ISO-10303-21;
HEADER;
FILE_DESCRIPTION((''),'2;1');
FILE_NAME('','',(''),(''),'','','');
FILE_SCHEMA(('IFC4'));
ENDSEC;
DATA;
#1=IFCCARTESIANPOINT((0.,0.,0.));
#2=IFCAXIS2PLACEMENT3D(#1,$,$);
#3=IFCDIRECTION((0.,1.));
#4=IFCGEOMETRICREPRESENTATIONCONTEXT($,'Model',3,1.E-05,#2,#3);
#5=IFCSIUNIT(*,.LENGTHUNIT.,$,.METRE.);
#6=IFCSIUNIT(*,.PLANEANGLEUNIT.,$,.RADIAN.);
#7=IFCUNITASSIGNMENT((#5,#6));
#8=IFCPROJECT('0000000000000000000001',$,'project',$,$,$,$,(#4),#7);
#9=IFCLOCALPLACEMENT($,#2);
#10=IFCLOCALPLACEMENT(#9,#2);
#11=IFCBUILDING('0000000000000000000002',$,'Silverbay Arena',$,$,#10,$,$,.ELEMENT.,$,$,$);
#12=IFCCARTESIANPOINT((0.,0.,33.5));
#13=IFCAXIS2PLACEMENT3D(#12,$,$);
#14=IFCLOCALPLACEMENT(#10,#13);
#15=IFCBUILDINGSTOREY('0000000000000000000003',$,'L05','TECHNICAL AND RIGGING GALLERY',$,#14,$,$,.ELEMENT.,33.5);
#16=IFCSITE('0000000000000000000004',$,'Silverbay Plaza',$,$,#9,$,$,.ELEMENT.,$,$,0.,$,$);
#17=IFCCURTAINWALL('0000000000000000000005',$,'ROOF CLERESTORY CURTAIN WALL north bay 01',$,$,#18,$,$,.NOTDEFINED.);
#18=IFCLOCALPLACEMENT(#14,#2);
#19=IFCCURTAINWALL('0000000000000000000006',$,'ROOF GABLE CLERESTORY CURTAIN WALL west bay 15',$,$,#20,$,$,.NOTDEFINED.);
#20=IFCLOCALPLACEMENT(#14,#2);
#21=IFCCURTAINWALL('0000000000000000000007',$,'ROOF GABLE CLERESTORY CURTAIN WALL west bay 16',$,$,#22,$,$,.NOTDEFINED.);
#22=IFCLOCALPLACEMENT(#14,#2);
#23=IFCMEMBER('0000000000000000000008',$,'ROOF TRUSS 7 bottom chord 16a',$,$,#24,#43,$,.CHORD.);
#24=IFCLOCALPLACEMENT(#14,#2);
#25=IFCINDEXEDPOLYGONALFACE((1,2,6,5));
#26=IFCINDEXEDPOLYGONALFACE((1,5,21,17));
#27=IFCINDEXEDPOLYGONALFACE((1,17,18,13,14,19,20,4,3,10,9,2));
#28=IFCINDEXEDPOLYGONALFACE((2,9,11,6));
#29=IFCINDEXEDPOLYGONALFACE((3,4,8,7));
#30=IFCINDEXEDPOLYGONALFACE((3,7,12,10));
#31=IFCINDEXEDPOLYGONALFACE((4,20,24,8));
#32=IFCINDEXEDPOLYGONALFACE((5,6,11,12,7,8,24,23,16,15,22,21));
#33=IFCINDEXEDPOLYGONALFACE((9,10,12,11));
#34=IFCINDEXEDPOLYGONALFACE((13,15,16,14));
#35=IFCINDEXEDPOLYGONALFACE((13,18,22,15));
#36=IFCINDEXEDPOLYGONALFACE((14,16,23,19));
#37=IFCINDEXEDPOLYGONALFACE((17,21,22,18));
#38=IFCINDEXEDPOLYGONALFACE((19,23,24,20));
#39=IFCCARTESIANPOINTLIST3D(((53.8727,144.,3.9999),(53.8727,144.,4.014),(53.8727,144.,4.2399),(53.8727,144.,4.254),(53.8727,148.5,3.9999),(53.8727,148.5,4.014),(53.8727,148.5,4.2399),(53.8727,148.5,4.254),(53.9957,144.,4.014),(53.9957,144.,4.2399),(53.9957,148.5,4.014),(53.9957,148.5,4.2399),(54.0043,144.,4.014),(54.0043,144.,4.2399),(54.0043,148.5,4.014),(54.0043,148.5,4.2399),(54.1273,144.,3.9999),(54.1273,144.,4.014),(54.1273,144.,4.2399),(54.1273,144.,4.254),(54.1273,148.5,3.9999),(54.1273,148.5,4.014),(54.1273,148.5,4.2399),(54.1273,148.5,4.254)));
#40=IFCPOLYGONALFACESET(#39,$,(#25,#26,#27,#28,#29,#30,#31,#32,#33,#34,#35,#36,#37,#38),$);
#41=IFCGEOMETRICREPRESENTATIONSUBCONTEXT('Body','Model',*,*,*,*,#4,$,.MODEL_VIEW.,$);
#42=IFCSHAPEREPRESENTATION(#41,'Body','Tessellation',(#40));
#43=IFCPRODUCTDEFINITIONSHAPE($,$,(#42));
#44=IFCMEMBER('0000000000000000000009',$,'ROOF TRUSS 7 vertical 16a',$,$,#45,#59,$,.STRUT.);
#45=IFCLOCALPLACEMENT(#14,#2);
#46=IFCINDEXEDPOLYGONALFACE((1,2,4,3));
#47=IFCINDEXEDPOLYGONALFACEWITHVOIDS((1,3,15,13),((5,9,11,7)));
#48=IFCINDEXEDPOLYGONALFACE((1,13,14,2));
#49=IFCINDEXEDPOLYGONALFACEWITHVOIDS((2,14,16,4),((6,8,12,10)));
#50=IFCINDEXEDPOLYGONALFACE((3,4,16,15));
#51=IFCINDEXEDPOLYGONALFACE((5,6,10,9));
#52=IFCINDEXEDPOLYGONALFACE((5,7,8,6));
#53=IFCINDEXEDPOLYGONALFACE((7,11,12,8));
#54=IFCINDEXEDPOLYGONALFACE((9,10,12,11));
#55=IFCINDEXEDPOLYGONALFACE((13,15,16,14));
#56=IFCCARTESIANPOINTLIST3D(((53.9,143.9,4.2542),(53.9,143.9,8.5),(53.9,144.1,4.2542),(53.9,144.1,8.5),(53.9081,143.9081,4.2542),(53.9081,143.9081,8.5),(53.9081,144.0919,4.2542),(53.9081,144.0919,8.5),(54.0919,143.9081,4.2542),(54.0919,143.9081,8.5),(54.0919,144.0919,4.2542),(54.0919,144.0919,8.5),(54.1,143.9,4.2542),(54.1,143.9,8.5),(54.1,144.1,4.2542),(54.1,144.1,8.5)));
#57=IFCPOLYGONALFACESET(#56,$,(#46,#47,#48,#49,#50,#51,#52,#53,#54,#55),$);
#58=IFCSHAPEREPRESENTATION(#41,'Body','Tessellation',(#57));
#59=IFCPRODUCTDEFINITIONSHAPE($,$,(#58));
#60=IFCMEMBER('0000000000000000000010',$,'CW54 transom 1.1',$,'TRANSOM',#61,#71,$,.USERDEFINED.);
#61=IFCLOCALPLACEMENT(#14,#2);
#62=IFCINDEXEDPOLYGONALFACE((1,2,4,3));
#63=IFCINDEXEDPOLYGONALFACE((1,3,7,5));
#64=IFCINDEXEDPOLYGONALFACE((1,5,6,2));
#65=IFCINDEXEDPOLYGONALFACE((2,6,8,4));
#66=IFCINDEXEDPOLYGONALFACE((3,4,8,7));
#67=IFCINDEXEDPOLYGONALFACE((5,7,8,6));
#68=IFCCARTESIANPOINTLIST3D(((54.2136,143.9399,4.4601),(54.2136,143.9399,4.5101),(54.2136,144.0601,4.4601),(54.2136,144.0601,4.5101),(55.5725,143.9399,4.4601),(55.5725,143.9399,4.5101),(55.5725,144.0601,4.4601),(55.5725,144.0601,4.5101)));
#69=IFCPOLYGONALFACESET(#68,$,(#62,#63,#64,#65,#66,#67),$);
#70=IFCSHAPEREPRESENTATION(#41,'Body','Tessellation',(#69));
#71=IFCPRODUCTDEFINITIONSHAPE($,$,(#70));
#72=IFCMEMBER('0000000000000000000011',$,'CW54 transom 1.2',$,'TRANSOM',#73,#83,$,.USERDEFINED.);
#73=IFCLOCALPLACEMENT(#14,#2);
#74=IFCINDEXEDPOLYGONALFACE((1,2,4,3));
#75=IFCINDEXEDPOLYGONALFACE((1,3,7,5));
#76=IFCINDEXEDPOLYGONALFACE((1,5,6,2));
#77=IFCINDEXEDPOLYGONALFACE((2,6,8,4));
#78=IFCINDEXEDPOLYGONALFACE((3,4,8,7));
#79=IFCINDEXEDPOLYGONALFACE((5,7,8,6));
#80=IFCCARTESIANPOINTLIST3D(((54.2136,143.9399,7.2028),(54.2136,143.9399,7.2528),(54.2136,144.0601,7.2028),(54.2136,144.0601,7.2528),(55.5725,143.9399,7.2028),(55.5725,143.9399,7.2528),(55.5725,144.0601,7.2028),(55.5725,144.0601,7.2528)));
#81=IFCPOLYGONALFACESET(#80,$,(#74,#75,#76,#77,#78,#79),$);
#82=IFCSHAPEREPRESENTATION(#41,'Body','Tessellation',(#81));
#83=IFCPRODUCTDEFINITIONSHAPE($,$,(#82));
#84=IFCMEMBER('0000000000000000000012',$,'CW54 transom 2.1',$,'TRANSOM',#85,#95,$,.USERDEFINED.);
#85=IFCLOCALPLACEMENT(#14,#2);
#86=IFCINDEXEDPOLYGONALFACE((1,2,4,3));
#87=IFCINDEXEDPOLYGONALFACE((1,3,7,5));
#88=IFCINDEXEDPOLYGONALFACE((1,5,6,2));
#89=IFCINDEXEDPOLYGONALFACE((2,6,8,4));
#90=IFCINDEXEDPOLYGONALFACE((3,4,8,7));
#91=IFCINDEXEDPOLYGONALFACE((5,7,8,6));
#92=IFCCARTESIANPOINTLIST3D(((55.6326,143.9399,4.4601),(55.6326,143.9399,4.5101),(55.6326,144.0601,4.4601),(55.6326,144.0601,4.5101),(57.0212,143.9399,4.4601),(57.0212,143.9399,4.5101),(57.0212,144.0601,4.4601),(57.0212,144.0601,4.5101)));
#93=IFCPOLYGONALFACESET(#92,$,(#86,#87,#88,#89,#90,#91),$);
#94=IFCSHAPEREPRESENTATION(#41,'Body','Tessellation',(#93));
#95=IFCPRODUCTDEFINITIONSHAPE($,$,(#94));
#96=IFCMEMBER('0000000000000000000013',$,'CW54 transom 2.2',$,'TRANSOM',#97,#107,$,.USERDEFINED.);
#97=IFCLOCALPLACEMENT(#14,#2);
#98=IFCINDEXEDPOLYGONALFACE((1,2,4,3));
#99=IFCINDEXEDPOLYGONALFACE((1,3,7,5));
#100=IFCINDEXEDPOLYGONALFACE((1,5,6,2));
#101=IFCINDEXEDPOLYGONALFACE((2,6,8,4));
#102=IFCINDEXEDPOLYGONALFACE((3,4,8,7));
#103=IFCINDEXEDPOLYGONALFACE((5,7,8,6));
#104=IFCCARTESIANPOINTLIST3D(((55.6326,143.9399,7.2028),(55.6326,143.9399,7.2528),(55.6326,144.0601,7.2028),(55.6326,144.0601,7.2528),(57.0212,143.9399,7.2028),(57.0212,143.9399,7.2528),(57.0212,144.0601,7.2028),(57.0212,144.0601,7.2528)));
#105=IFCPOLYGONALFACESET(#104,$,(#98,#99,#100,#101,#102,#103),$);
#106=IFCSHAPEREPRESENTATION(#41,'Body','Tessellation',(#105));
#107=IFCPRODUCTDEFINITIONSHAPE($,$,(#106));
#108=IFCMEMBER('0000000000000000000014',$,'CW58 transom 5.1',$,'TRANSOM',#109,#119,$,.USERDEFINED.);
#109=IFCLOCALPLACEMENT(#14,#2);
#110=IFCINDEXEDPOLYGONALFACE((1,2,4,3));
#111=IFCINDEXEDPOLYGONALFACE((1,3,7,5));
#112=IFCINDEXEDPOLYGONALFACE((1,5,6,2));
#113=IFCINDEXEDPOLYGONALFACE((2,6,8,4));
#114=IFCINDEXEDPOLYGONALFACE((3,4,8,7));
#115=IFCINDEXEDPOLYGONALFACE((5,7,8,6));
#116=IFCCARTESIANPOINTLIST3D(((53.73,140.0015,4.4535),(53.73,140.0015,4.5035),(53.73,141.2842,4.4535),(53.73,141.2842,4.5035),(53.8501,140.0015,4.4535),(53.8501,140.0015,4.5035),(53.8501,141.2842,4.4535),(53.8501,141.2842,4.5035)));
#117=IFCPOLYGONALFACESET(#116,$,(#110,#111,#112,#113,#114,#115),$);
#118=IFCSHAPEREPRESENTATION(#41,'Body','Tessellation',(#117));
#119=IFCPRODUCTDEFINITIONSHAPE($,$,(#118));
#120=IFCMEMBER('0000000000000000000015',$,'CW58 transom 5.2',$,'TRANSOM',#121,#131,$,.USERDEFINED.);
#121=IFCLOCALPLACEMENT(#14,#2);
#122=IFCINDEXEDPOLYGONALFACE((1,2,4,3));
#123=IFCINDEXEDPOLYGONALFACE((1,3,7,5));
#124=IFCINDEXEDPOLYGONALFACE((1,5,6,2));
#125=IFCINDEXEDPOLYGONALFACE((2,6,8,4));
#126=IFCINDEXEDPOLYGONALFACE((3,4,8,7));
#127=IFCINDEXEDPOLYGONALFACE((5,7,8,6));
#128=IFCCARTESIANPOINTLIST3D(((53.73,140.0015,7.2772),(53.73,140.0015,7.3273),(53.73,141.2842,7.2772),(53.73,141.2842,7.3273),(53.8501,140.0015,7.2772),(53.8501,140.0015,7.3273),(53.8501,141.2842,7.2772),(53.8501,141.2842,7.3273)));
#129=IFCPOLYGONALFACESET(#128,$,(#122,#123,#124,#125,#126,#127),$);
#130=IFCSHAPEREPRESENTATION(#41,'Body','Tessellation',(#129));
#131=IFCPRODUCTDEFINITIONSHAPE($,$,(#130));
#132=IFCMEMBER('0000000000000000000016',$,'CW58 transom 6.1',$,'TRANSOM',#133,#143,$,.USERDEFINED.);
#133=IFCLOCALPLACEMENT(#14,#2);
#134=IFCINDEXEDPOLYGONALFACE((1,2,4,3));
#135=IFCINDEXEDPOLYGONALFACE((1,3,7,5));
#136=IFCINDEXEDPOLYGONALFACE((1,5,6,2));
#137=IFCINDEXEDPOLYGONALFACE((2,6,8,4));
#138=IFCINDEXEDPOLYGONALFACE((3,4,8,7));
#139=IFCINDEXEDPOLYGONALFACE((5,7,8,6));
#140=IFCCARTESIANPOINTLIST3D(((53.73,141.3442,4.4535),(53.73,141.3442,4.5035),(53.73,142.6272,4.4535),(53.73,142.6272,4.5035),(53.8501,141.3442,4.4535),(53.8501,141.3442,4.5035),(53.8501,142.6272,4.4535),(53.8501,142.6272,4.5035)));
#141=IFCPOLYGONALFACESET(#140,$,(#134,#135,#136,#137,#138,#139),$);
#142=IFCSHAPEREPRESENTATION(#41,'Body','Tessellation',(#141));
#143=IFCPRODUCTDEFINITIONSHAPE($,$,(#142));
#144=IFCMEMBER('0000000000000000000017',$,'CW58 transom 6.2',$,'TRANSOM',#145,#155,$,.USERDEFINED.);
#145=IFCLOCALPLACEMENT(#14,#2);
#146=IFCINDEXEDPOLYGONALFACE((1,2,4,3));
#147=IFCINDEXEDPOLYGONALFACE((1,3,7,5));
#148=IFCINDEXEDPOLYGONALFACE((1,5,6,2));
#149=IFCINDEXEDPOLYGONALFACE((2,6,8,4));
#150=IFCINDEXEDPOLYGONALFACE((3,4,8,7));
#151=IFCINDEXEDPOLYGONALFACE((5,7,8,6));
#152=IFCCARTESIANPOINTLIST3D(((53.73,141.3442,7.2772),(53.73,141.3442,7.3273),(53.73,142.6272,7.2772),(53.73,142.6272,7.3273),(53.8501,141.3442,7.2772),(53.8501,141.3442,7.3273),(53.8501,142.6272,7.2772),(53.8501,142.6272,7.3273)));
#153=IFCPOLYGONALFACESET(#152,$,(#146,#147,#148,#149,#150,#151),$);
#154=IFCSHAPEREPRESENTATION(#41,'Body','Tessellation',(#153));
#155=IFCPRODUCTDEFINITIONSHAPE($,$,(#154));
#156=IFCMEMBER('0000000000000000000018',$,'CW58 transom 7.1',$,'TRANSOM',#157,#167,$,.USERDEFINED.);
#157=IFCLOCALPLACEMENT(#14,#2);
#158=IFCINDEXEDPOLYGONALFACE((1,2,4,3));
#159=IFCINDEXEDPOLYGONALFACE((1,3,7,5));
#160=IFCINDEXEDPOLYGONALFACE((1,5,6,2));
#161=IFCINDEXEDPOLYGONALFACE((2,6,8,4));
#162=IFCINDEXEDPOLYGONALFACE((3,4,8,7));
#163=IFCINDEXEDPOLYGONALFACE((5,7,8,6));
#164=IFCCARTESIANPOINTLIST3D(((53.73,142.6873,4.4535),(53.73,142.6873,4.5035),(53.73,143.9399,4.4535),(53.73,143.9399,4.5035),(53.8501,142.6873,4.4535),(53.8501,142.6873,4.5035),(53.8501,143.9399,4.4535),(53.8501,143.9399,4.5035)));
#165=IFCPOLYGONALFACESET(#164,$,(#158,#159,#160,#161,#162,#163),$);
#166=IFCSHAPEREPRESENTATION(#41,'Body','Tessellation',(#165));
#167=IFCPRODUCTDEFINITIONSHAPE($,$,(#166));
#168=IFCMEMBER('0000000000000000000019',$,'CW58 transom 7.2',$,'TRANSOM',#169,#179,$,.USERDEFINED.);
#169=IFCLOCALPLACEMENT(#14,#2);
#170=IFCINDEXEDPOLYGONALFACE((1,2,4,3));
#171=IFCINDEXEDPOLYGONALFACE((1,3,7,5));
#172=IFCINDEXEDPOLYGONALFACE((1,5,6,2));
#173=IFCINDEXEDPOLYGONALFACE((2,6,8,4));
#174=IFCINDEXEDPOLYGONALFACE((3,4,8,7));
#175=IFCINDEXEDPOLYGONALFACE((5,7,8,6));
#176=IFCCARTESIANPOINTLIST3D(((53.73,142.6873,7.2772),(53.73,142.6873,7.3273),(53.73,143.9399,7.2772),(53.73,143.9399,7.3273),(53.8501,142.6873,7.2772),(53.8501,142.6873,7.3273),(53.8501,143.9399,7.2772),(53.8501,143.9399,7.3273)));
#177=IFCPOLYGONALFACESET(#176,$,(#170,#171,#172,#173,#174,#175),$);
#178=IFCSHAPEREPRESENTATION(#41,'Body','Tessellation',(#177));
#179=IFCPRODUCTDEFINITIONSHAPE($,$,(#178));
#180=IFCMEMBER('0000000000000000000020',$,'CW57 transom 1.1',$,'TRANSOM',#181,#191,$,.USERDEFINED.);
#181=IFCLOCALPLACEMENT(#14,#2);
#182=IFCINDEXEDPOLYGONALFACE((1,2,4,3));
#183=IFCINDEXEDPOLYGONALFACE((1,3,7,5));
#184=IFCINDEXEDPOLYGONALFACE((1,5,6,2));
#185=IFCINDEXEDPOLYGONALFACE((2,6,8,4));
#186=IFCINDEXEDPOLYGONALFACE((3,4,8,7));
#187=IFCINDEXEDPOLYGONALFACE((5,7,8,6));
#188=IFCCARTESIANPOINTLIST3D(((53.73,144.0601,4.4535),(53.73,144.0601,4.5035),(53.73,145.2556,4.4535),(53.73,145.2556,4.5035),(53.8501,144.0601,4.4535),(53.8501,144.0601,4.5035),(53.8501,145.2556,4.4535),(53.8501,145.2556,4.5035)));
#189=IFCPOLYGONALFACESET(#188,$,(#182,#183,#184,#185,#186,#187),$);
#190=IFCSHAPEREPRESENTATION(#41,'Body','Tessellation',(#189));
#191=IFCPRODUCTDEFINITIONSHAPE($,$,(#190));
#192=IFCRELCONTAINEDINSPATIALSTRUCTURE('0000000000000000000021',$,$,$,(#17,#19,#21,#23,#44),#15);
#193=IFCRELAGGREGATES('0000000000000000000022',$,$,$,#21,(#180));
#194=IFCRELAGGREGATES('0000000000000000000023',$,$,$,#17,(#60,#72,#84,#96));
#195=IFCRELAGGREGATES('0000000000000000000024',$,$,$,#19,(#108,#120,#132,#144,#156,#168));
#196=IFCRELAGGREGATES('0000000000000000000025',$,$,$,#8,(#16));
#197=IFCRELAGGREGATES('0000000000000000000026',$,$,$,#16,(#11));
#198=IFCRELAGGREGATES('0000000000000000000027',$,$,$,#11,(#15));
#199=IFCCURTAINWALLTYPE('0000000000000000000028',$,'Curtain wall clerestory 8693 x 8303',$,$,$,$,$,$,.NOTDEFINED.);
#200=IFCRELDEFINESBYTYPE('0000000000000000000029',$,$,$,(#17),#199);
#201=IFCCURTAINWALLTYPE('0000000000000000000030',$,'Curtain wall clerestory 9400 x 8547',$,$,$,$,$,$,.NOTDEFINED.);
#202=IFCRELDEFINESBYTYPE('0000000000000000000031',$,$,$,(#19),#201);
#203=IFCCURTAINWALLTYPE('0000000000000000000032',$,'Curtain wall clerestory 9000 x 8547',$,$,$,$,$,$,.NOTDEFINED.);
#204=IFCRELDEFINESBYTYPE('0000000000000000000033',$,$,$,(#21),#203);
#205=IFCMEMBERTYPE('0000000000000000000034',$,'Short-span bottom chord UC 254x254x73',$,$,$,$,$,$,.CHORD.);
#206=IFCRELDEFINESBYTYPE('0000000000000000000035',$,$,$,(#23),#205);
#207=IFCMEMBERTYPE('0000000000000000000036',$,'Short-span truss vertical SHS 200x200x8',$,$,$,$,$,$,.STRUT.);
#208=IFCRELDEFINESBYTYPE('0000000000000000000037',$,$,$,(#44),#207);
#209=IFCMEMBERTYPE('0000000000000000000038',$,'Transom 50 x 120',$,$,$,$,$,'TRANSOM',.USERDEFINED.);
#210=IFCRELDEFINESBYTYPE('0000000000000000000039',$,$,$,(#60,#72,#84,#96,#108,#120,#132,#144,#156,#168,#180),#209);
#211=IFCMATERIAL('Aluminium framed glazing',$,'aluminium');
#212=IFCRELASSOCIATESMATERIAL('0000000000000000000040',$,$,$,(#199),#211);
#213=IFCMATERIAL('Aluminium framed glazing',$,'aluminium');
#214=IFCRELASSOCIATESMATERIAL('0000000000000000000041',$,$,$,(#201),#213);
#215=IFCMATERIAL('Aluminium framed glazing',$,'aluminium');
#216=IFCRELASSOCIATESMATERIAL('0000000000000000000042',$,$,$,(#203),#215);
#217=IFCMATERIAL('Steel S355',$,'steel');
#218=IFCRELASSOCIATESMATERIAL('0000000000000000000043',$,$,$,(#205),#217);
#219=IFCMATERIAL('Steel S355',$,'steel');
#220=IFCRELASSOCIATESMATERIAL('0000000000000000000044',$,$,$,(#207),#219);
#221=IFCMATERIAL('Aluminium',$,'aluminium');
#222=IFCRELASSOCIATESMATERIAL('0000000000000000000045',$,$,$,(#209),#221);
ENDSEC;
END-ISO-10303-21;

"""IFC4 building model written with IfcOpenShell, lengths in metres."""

from ifc_helpers import new_model, si_unit, direction, frame, origin, origin_2d, place, context, subcontext, project, spatial, rectangle, hollow_rectangle, i_section, extrude, material, material_profile, profile_set, type_object, element, aggregate, save


model = new_model("IFC4")

# Units and contexts
model_context = context("Model", 3, precision=1e-05, world=origin(), true_north=direction((0.0, 1.0)))
body_context = subcontext(model_context, "Body", "Model", "MODEL_VIEW")
ifc_project = project(units=[si_unit("LENGTHUNIT", "METRE"), si_unit("PLANEANGLEUNIT", "RADIAN")], contexts=[model_context])

# Site, building, storey
site_placement = place(None, origin())
site = spatial("IfcSite", under=ifc_project, at=site_placement, Name="Silverbay Plaza", CompositionType="ELEMENT", RefElevation=0.0)
building_placement = place(site_placement, origin())
building = spatial("IfcBuilding", under=site, at=building_placement, Name="Silverbay Arena", CompositionType="ELEMENT")
storey_placement = place(building_placement, frame((0.0, 0.0, 33.5)))
storey = spatial("IfcBuildingStorey", under=building, at=storey_placement, Name="L05", Description="TECHNICAL AND RIGGING GALLERY", CompositionType="ELEMENT", Elevation=33.5)

# Curtain walls
ifc_material_1 = material(Name="Aluminium framed glazing", Category="aluminium")
curtain_wall_type_1 = type_object("IfcCurtainWallType", Name="Curtain wall clerestory 8693 x 8303", PredefinedType="NOTDEFINED", material=ifc_material_1)
curtain_wall_1_placement = place(storey_placement, origin())
curtain_wall_1 = element("IfcCurtainWall", 1, at=curtain_wall_1_placement, inside=storey, type_object=curtain_wall_type_1, Name="ROOF CLERESTORY CURTAIN WALL north bay 01", PredefinedType="NOTDEFINED")
ifc_material_2 = material(Name="Aluminium framed glazing", Category="aluminium")
curtain_wall_type_2 = type_object("IfcCurtainWallType", Name="Curtain wall clerestory 9400 x 8547", PredefinedType="NOTDEFINED", material=ifc_material_2)
curtain_wall_2_placement = place(storey_placement, origin())
curtain_wall_2 = element("IfcCurtainWall", 2, at=curtain_wall_2_placement, inside=storey, type_object=curtain_wall_type_2, Name="ROOF GABLE CLERESTORY CURTAIN WALL west bay 15", PredefinedType="NOTDEFINED")

# Curtain wall
ifc_material_3 = material(Name="Aluminium framed glazing", Category="aluminium")
curtain_wall_type_3 = type_object("IfcCurtainWallType", Name="Curtain wall clerestory 9000 x 8547", PredefinedType="NOTDEFINED", material=ifc_material_3)
curtain_wall_3_placement = place(storey_placement, origin())
curtain_wall_3 = element("IfcCurtainWall", 3, at=curtain_wall_3_placement, inside=storey, type_object=curtain_wall_type_3, Name="ROOF GABLE CLERESTORY CURTAIN WALL west bay 16", PredefinedType="NOTDEFINED")

# Members
ifc_material_4 = material(Name="Steel S355", Category="steel")
ifc_material_profile_1 = material_profile(ifc_material_4, i_section(OverallWidth=0.2546, OverallDepth=0.2542, WebThickness=0.0085, FlangeThickness=0.0142, at=origin_2d()), Name="UC 254x254x73")
ifc_profile_set_1 = profile_set([ifc_material_profile_1], Name="Steel S355")
member_type_1 = type_object("IfcMemberType", Name="Short-span bottom chord UC 254x254x73", PredefinedType="CHORD", material=ifc_profile_set_1)
member_1_placement = place(storey_placement, frame((54.0, 144.0, 4.127), z_axis=(0.0, 1.0, 0.0), x_axis=(-1.0, 0.0, 0.0)))
element("IfcMember", 4, at=member_1_placement, inside=storey, type_object=member_type_1, Name="ROOF TRUSS 7 bottom chord 16a", PredefinedType="CHORD", context=body_context, shape_type="SweptSolid", body=[
    extrude(i_section(OverallWidth=0.2546, OverallDepth=0.2542, WebThickness=0.0085, FlangeThickness=0.0142, at=origin_2d()), origin(), (0.0, 0.0, 1.0), 4.5),
])
ifc_material_5 = material(Name="Steel S355", Category="steel")
ifc_material_profile_2 = material_profile(ifc_material_5, hollow_rectangle(XDim=0.2, YDim=0.2, WallThickness=0.0081, at=origin_2d()), Name="SHS 200x200x8")
ifc_profile_set_2 = profile_set([ifc_material_profile_2], Name="Steel S355")
member_type_2 = type_object("IfcMemberType", Name="Short-span truss vertical SHS 200x200x8", PredefinedType="STRUT", material=ifc_profile_set_2)
member_2_placement = place(storey_placement, frame((54.0, 144.0, 4.2542), z_axis=(0.0, 0.0, 1.0), x_axis=(1.0, 0.0, 0.0)))
element("IfcMember", 5, at=member_2_placement, inside=storey, type_object=member_type_2, Name="ROOF TRUSS 7 vertical 16a", PredefinedType="STRUT", context=body_context, shape_type="SweptSolid", body=[
    extrude(hollow_rectangle(XDim=0.2, YDim=0.2, WallThickness=0.0081, at=origin_2d()), origin(), (0.0, 0.0, 1.0), 4.2458),
])

# Members
ifc_material_6 = material(Name="Aluminium", Category="aluminium")
ifc_material_profile_3 = material_profile(ifc_material_6, rectangle(XDim=0.1201, YDim=0.05, at=origin_2d()), Name="Transom 50 x 120")
ifc_profile_set_3 = profile_set([ifc_material_profile_3], Name="Aluminium")
member_type_3 = type_object("IfcMemberType", Name="Transom 50 x 120", ElementType="TRANSOM", PredefinedType="USERDEFINED", material=ifc_profile_set_3)
member_3_placement = place(storey_placement, frame((54.2136, 144.0, 4.4851), z_axis=(1.0, 0.0, 0.0), x_axis=(0.0, 1.0, 0.0)))
member_3 = element("IfcMember", 6, at=member_3_placement, type_object=member_type_3, Name="CW54 transom 1.1", ObjectType="TRANSOM", PredefinedType="USERDEFINED", context=body_context, shape_type="SweptSolid", body=[
    extrude(rectangle(XDim=0.1201, YDim=0.05, at=origin_2d()), origin(), (0.0, 0.0, 1.0), 1.3589),
])
member_4_placement = place(storey_placement, frame((54.2136, 144.0, 7.2278), z_axis=(1.0, 0.0, 0.0), x_axis=(0.0, 1.0, 0.0)))
member_4 = element("IfcMember", 7, at=member_4_placement, type_object=member_type_3, Name="CW54 transom 1.2", ObjectType="TRANSOM", PredefinedType="USERDEFINED", context=body_context, shape_type="SweptSolid", body=[
    extrude(rectangle(XDim=0.1201, YDim=0.05, at=origin_2d()), origin(), (0.0, 0.0, 1.0), 1.3589),
])
member_5_placement = place(storey_placement, frame((55.6326, 144.0, 4.4851), z_axis=(1.0, 0.0, 0.0), x_axis=(0.0, 1.0, 0.0)))
member_5 = element("IfcMember", 8, at=member_5_placement, type_object=member_type_3, Name="CW54 transom 2.1", ObjectType="TRANSOM", PredefinedType="USERDEFINED", context=body_context, shape_type="SweptSolid", body=[
    extrude(rectangle(XDim=0.1201, YDim=0.05, at=origin_2d()), origin(), (0.0, 0.0, 1.0), 1.3887),
])
member_6_placement = place(storey_placement, frame((55.6326, 144.0, 7.2278), z_axis=(1.0, 0.0, 0.0), x_axis=(0.0, 1.0, 0.0)))
member_6 = element("IfcMember", 9, at=member_6_placement, type_object=member_type_3, Name="CW54 transom 2.2", ObjectType="TRANSOM", PredefinedType="USERDEFINED", context=body_context, shape_type="SweptSolid", body=[
    extrude(rectangle(XDim=0.1201, YDim=0.05, at=origin_2d()), origin(), (0.0, 0.0, 1.0), 1.3887),
])
member_7_placement = place(storey_placement, frame((53.79, 140.0015, 4.4785), z_axis=(0.0, 1.0, 0.0), x_axis=(-1.0, 0.0, 0.0)))
member_7 = element("IfcMember", 10, at=member_7_placement, type_object=member_type_3, Name="CW58 transom 5.1", ObjectType="TRANSOM", PredefinedType="USERDEFINED", context=body_context, shape_type="SweptSolid", body=[
    extrude(rectangle(XDim=0.1201, YDim=0.05, at=origin_2d()), origin(), (0.0, 0.0, 1.0), 1.2827),
])
member_8_placement = place(storey_placement, frame((53.79, 140.0015, 7.3022), z_axis=(0.0, 1.0, 0.0), x_axis=(-1.0, 0.0, 0.0)))
member_8 = element("IfcMember", 11, at=member_8_placement, type_object=member_type_3, Name="CW58 transom 5.2", ObjectType="TRANSOM", PredefinedType="USERDEFINED", context=body_context, shape_type="SweptSolid", body=[
    extrude(rectangle(XDim=0.1201, YDim=0.05, at=origin_2d()), origin(), (0.0, 0.0, 1.0), 1.2827),
])
member_9_placement = place(storey_placement, frame((53.79, 141.3442, 4.4785), z_axis=(0.0, 1.0, 0.0), x_axis=(-1.0, 0.0, 0.0)))
member_9 = element("IfcMember", 12, at=member_9_placement, type_object=member_type_3, Name="CW58 transom 6.1", ObjectType="TRANSOM", PredefinedType="USERDEFINED", context=body_context, shape_type="SweptSolid", body=[
    extrude(rectangle(XDim=0.1201, YDim=0.05, at=origin_2d()), origin(), (0.0, 0.0, 1.0), 1.283),
])
member_10_placement = place(storey_placement, frame((53.79, 141.3442, 7.3022), z_axis=(0.0, 1.0, 0.0), x_axis=(-1.0, 0.0, 0.0)))
member_10 = element("IfcMember", 13, at=member_10_placement, type_object=member_type_3, Name="CW58 transom 6.2", ObjectType="TRANSOM", PredefinedType="USERDEFINED", context=body_context, shape_type="SweptSolid", body=[
    extrude(rectangle(XDim=0.1201, YDim=0.05, at=origin_2d()), origin(), (0.0, 0.0, 1.0), 1.283),
])
member_11_placement = place(storey_placement, frame((53.79, 142.6873, 4.4785), z_axis=(0.0, 1.0, 0.0), x_axis=(-1.0, 0.0, 0.0)))
member_11 = element("IfcMember", 14, at=member_11_placement, type_object=member_type_3, Name="CW58 transom 7.1", ObjectType="TRANSOM", PredefinedType="USERDEFINED", context=body_context, shape_type="SweptSolid", body=[
    extrude(rectangle(XDim=0.1201, YDim=0.05, at=origin_2d()), origin(), (0.0, 0.0, 1.0), 1.2527),
])
member_12_placement = place(storey_placement, frame((53.79, 142.6873, 7.3022), z_axis=(0.0, 1.0, 0.0), x_axis=(-1.0, 0.0, 0.0)))
member_12 = element("IfcMember", 15, at=member_12_placement, type_object=member_type_3, Name="CW58 transom 7.2", ObjectType="TRANSOM", PredefinedType="USERDEFINED", context=body_context, shape_type="SweptSolid", body=[
    extrude(rectangle(XDim=0.1201, YDim=0.05, at=origin_2d()), origin(), (0.0, 0.0, 1.0), 1.2527),
])
member_13_placement = place(storey_placement, frame((53.79, 144.0601, 4.4785), z_axis=(0.0, 1.0, 0.0), x_axis=(-1.0, 0.0, 0.0)))
member_13 = element("IfcMember", 16, at=member_13_placement, type_object=member_type_3, Name="CW57 transom 1.1", ObjectType="TRANSOM", PredefinedType="USERDEFINED", context=body_context, shape_type="SweptSolid", body=[
    extrude(rectangle(XDim=0.1201, YDim=0.05, at=origin_2d()), origin(), (0.0, 0.0, 1.0), 1.1956),
])
aggregate(curtain_wall_3, [member_13])

aggregate(curtain_wall_1, [member_3, member_4, member_5, member_6])
aggregate(curtain_wall_2, [member_7, member_8, member_9, member_10, member_11, member_12])

save(model, "model.ifc")
